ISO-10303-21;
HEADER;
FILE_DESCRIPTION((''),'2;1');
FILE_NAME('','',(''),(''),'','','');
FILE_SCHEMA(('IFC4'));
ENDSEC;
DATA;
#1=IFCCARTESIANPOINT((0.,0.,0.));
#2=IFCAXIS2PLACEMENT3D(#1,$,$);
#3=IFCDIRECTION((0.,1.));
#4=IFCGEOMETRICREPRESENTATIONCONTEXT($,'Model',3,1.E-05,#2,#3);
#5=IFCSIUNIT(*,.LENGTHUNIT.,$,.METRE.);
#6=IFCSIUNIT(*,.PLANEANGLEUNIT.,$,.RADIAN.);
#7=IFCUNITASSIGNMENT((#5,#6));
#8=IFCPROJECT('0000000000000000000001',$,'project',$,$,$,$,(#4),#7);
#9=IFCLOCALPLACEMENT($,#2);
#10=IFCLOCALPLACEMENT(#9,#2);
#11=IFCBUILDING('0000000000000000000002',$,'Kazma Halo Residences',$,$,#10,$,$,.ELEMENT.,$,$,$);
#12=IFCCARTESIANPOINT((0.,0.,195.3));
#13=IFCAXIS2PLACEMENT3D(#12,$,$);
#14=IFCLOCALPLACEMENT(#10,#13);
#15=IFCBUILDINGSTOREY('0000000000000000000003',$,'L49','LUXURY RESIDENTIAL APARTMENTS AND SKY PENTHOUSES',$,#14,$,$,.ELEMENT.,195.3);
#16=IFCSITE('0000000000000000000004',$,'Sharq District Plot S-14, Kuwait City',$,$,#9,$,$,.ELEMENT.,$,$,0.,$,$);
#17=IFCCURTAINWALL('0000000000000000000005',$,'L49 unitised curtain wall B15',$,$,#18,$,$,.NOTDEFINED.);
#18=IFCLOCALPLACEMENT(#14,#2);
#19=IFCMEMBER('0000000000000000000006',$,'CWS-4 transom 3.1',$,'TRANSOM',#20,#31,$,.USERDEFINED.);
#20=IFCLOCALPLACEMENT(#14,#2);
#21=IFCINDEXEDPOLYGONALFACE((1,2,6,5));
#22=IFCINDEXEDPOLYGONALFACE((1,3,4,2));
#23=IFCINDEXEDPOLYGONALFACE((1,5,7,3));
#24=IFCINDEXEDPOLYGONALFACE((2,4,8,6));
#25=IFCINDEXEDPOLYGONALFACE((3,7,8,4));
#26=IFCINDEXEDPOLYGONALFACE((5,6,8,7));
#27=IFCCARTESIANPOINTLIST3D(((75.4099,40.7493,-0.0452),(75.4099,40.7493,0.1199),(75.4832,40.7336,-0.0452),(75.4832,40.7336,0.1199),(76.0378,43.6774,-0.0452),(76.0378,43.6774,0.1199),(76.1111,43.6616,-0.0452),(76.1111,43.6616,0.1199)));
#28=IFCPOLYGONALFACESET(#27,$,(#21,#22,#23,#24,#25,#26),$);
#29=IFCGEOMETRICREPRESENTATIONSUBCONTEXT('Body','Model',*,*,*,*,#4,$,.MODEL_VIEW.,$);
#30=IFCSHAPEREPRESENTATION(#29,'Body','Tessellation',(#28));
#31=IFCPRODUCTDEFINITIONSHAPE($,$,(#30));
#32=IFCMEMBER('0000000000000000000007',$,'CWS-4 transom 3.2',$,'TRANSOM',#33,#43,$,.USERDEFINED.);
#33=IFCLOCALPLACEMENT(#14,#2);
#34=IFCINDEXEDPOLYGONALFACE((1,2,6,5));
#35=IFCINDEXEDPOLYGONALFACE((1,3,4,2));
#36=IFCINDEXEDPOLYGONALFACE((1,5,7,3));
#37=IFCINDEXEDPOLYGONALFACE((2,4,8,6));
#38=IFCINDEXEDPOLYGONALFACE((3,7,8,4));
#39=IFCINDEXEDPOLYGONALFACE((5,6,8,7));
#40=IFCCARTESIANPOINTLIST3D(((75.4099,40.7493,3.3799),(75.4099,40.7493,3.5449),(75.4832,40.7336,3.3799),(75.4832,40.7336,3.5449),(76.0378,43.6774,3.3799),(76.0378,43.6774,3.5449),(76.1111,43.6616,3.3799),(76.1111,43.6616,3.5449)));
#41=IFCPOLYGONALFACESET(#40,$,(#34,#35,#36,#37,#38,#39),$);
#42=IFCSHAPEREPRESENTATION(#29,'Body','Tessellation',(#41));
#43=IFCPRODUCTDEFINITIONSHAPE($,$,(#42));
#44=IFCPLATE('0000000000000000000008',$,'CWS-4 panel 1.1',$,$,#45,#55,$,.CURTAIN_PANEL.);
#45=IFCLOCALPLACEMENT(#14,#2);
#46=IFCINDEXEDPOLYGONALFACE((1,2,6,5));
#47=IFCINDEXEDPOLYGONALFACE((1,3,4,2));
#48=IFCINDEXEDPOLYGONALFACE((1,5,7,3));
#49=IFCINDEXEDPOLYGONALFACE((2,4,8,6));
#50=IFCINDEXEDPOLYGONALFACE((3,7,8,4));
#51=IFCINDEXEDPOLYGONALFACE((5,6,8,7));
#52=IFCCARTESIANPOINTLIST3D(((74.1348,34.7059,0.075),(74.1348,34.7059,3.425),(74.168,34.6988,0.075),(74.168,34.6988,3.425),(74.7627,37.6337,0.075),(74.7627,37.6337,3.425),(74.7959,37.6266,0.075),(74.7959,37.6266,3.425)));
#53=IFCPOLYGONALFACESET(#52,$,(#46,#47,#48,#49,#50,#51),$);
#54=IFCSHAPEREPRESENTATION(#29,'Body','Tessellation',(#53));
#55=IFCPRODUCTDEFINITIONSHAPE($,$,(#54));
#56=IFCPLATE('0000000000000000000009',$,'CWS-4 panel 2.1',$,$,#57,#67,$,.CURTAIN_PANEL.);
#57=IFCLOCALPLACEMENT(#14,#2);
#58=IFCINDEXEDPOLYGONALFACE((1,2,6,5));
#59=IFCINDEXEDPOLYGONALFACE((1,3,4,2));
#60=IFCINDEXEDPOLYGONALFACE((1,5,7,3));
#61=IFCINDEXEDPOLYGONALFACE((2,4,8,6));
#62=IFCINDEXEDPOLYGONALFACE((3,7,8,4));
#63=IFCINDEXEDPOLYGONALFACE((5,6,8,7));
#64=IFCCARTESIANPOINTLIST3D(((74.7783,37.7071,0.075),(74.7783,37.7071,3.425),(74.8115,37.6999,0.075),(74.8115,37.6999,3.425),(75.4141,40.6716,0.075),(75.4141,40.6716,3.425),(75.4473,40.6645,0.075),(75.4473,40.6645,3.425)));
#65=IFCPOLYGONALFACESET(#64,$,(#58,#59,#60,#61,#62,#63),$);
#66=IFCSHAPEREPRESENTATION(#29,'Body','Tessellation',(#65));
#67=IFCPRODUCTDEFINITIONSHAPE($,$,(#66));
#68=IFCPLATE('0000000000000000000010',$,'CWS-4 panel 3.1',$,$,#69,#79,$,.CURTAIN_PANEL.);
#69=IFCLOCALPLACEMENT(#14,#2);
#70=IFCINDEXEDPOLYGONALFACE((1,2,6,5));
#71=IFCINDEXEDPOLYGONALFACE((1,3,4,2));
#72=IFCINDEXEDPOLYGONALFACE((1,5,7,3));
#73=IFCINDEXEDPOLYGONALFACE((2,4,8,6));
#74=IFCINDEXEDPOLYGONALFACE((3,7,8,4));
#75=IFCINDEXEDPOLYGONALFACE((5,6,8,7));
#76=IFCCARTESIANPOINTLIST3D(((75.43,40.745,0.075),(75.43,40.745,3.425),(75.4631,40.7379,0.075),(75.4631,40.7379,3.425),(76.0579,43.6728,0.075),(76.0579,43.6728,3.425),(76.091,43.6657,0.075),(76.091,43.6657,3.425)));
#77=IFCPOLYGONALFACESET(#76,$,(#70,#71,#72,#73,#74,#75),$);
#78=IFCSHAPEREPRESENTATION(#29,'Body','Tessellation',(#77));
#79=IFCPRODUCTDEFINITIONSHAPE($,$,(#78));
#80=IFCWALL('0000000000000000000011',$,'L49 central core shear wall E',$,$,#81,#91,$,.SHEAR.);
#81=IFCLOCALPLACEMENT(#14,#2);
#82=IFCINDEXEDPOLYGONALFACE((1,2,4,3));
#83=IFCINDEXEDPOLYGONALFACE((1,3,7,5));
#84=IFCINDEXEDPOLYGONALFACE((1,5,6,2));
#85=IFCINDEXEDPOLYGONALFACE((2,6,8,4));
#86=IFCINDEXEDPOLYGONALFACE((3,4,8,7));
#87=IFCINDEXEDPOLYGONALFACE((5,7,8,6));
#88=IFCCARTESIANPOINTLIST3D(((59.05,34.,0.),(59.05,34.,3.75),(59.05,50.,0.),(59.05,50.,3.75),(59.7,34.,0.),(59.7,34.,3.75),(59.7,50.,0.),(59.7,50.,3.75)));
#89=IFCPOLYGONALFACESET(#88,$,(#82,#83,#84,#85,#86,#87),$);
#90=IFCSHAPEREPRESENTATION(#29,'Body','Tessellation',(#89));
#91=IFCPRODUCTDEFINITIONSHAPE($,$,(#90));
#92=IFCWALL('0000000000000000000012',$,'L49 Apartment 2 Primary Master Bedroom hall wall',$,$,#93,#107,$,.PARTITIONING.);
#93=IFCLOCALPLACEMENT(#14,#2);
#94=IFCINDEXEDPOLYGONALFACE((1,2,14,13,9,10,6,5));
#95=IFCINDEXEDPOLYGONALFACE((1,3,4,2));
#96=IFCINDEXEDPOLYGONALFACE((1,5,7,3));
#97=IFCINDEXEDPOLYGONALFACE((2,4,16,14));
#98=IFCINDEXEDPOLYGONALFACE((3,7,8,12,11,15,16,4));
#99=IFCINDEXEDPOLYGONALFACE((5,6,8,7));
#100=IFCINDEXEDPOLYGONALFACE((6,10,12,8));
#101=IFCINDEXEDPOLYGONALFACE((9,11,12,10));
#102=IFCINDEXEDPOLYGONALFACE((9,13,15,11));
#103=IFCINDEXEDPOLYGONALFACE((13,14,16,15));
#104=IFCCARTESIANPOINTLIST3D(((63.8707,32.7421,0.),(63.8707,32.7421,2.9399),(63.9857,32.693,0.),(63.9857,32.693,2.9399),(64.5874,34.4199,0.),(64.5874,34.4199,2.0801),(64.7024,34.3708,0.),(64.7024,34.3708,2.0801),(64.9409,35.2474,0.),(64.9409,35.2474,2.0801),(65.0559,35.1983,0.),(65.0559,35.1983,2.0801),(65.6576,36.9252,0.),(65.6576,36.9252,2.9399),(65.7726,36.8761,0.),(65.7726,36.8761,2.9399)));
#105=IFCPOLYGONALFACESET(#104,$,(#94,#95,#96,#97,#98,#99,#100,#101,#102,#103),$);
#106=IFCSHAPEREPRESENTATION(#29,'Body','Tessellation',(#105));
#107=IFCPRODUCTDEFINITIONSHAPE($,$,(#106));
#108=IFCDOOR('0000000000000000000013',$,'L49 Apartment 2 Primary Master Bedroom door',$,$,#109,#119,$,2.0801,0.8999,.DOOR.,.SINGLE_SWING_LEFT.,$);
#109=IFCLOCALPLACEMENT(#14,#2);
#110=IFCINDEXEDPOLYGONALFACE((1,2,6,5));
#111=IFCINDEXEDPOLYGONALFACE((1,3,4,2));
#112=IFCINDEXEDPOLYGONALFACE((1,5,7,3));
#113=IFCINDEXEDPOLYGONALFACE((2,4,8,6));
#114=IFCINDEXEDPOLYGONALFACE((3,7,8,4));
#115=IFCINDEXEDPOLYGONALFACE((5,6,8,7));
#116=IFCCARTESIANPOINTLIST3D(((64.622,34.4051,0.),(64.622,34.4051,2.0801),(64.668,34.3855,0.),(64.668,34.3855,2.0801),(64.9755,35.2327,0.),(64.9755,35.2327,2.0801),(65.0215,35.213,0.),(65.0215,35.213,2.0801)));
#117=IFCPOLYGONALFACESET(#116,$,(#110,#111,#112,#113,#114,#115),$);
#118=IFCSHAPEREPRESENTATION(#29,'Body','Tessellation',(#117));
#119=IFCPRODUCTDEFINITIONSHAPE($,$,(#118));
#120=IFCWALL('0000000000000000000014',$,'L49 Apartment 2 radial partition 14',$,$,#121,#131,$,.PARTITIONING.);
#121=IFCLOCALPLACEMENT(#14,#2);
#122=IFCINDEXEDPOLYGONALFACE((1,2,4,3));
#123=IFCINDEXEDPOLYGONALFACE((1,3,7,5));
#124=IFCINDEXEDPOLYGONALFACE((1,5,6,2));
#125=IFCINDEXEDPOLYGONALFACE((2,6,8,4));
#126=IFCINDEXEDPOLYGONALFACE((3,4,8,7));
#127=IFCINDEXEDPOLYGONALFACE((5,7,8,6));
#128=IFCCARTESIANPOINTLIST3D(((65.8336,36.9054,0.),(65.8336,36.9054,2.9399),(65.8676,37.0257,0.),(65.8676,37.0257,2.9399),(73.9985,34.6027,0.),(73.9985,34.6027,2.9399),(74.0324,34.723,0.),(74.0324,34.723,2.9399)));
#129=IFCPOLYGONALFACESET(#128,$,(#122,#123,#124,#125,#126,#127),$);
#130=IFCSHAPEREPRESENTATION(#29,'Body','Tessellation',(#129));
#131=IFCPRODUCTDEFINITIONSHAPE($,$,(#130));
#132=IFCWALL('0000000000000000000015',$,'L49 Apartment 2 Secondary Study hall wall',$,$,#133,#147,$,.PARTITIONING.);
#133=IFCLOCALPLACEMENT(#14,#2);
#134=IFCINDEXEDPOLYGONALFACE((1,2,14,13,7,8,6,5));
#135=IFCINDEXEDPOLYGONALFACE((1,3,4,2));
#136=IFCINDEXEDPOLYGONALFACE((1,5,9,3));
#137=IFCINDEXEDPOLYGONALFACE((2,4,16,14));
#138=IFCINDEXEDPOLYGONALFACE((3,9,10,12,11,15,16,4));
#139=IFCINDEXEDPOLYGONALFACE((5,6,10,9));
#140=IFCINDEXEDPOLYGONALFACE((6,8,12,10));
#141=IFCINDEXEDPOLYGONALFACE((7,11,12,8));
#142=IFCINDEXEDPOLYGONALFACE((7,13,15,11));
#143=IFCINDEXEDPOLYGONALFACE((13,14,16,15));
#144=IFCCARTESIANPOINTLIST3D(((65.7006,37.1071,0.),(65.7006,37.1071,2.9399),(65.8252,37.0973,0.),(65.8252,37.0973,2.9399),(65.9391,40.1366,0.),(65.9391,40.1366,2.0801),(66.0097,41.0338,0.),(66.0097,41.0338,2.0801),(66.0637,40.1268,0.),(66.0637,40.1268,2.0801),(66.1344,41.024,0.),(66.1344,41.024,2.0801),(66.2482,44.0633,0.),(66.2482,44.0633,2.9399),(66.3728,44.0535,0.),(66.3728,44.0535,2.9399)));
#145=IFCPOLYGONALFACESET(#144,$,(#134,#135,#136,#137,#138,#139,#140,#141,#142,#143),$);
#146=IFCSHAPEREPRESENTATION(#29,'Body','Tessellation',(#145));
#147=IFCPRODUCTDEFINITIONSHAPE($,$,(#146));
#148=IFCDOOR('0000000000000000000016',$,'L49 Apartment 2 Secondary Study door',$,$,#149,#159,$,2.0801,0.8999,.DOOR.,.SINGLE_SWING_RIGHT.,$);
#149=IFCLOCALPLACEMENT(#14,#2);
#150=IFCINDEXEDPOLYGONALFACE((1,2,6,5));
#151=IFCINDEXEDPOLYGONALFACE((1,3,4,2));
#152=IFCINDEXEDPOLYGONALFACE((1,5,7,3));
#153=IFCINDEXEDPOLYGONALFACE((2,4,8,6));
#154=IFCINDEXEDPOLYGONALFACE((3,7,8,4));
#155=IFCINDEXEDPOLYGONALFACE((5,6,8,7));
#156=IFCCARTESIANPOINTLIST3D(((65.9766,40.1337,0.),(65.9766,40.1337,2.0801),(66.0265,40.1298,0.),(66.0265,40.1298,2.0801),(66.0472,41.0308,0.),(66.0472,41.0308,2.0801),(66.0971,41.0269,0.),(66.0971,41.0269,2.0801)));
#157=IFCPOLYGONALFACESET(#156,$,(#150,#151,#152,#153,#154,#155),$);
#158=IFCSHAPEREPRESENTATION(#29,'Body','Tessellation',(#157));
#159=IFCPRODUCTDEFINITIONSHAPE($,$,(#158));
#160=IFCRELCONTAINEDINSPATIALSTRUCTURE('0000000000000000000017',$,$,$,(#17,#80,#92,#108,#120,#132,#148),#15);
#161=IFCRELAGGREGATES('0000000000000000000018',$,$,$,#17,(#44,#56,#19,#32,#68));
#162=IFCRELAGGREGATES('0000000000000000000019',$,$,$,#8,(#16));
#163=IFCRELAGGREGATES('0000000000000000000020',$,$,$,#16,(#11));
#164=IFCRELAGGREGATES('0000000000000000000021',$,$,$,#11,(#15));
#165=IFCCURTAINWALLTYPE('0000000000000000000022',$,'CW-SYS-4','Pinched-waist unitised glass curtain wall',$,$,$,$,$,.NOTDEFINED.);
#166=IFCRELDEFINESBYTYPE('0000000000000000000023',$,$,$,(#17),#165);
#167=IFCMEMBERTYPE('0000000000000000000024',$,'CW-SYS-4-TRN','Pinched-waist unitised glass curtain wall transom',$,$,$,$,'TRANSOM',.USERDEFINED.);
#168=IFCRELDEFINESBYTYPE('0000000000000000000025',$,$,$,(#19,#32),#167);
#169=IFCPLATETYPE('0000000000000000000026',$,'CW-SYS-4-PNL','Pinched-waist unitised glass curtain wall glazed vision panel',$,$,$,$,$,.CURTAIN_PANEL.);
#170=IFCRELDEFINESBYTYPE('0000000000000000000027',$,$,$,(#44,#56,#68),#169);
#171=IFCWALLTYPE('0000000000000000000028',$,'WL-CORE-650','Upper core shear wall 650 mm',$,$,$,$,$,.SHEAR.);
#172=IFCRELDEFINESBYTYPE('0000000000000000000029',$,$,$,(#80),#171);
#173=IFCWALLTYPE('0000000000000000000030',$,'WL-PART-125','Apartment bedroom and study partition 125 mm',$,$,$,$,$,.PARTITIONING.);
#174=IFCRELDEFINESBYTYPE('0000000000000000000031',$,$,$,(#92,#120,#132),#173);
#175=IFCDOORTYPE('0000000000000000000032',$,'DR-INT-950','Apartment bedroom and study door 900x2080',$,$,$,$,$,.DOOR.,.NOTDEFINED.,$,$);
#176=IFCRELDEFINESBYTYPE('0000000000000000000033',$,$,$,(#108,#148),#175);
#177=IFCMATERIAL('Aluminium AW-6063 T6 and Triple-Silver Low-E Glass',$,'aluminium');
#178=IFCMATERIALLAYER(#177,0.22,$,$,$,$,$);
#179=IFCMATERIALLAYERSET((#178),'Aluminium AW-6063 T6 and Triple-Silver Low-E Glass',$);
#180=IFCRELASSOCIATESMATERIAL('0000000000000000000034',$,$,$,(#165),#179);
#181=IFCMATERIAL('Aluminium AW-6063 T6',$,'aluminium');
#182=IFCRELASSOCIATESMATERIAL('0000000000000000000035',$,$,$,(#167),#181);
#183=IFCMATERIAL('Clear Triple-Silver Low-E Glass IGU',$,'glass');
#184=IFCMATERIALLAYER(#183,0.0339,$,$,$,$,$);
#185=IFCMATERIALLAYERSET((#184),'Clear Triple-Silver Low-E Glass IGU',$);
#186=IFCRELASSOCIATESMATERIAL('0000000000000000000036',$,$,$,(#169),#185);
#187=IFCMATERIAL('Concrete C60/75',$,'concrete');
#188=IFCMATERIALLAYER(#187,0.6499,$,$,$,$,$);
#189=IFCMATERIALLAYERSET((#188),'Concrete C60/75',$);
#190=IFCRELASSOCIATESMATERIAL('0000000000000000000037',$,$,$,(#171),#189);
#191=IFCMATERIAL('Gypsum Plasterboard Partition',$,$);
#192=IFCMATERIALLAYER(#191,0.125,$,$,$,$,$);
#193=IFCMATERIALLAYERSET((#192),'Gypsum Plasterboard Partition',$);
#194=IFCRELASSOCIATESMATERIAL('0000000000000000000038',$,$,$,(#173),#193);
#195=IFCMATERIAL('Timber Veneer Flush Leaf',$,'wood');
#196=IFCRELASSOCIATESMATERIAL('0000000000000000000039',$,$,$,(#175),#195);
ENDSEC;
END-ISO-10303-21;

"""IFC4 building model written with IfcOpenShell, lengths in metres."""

from ifc_helpers import new_model, si_unit, direction, frame, frame_2d, origin, origin_2d, place, context, subcontext, project, spatial, rectangle, extrude, material, layer, layer_set, material_profile, profile_set, type_object, element, fill, aggregate, save


model = new_model("IFC4")

# Units and contexts
model_context = context("Model", 3, precision=1e-05, world=origin(), true_north=direction((0.0, 1.0)))
body_context = subcontext(model_context, "Body", "Model", "MODEL_VIEW")
ifc_project = project(units=[si_unit("LENGTHUNIT", "METRE"), si_unit("PLANEANGLEUNIT", "RADIAN")], contexts=[model_context])

# Site, building, storey
site_placement = place(None, origin())
site = spatial("IfcSite", under=ifc_project, at=site_placement, Name="Sharq District Plot S-14, Kuwait City", CompositionType="ELEMENT", RefElevation=0.0)
building_placement = place(site_placement, origin())
building = spatial("IfcBuilding", under=site, at=building_placement, Name="Kazma Halo Residences", CompositionType="ELEMENT")
storey_placement = place(building_placement, frame((0.0, 0.0, 195.3)))
storey = spatial("IfcBuildingStorey", under=building, at=storey_placement, Name="L49", Description="LUXURY RESIDENTIAL APARTMENTS AND SKY PENTHOUSES", CompositionType="ELEMENT", Elevation=195.3)

# Curtain wall, members, plates
ifc_material_1 = material(Name="Aluminium AW-6063 T6 and Triple-Silver Low-E Glass", Category="aluminium")
ifc_layer_1 = layer(ifc_material_1, 0.22)
ifc_layer_set_1 = layer_set([ifc_layer_1], Name="Aluminium AW-6063 T6 and Triple-Silver Low-E Glass")
curtain_wall_type = type_object("IfcCurtainWallType", Name="CW-SYS-4", Description="Pinched-waist unitised glass curtain wall", PredefinedType="NOTDEFINED", material=ifc_layer_set_1)
curtain_wall_placement = place(storey_placement, origin())
curtain_wall = element("IfcCurtainWall", 1, at=curtain_wall_placement, inside=storey, type_object=curtain_wall_type, Name="L49 unitised curtain wall B15", PredefinedType="NOTDEFINED")
ifc_material_2 = material(Name="Aluminium AW-6063 T6", Category="aluminium")
ifc_material_profile_1 = material_profile(ifc_material_2, rectangle(XDim=0.075, YDim=0.165, at=origin_2d()), Name="CWT-75x165")
ifc_profile_set_1 = profile_set([ifc_material_profile_1], Name="Aluminium AW-6063 T6")
member_type_1 = type_object("IfcMemberType", Name="CW-SYS-4-TRN", Description="Pinched-waist unitised glass curtain wall transom", ElementType="TRANSOM", PredefinedType="USERDEFINED", material=ifc_profile_set_1)
member_1_placement = place(storey_placement, frame((75.4465, 40.7415, 0.0374), z_axis=(0.209691, 0.977768, 0.0), x_axis=(-0.977768, 0.209691, 0.0)))
member_1 = element("IfcMember", 2, at=member_1_placement, type_object=member_type_1, Name="CWS-4 transom 3.1", ObjectType="TRANSOM", PredefinedType="USERDEFINED", context=body_context, shape_type="SweptSolid", body=[
    extrude(rectangle(XDim=0.075, YDim=0.165, at=origin_2d()), origin(), (0.0, 0.0, 1.0), 2.9946),
])
member_2_placement = place(storey_placement, frame((75.4465, 40.7415, 3.4624), z_axis=(0.209691, 0.977768, 0.0), x_axis=(-0.977768, 0.209691, 0.0)))
member_2 = element("IfcMember", 3, at=member_2_placement, type_object=member_type_1, Name="CWS-4 transom 3.2", ObjectType="TRANSOM", PredefinedType="USERDEFINED", context=body_context, shape_type="SweptSolid", body=[
    extrude(rectangle(XDim=0.075, YDim=0.165, at=origin_2d()), origin(), (0.0, 0.0, 1.0), 2.9946),
])
ifc_material_3 = material(Name="Clear Triple-Silver Low-E Glass IGU", Category="glass")
ifc_layer_2 = layer(ifc_material_3, 0.0339)
ifc_layer_set_2 = layer_set([ifc_layer_2], Name="Clear Triple-Silver Low-E Glass IGU")
plate_type = type_object("IfcPlateType", Name="CW-SYS-4-PNL", Description="Pinched-waist unitised glass curtain wall glazed vision panel", PredefinedType="CURTAIN_PANEL", material=ifc_layer_set_2)
plate_1_placement = place(storey_placement, frame((74.4653, 36.1663, 0.075), z_axis=(0.0, 0.0, 1.0), x_axis=(0.20969, 0.977768, 0.0)))
plate_1 = element("IfcPlate", 4, at=plate_1_placement, type_object=plate_type, Name="CWS-4 panel 1.1", PredefinedType="CURTAIN_PANEL", context=body_context, shape_type="SweptSolid", body=[
    extrude(rectangle(XDim=2.9944, YDim=0.0339, at=origin_2d()), origin(), (0.0, 0.0, 1.0), 3.3501),
])
plate_2_placement = place(storey_placement, frame((75.1128, 39.1858, 0.075), z_axis=(0.0, 0.0, 1.0), x_axis=(0.20969, 0.977768, 0.0)))
plate_2 = element("IfcPlate", 5, at=plate_2_placement, type_object=plate_type, Name="CWS-4 panel 2.1", PredefinedType="CURTAIN_PANEL", context=body_context, shape_type="SweptSolid", body=[
    extrude(rectangle(XDim=3.032, YDim=0.0339, at=origin_2d()), origin(), (0.0, 0.0, 1.0), 3.3501),
])
plate_3_placement = place(storey_placement, frame((75.7605, 42.2053, 0.075), z_axis=(0.0, 0.0, 1.0), x_axis=(0.20969, 0.977768, 0.0)))
plate_3 = element("IfcPlate", 6, at=plate_3_placement, type_object=plate_type, Name="CWS-4 panel 3.1", PredefinedType="CURTAIN_PANEL", context=body_context, shape_type="SweptSolid", body=[
    extrude(rectangle(XDim=2.9944, YDim=0.0339, at=origin_2d()), origin(), (0.0, 0.0, 1.0), 3.3501),
])
aggregate(curtain_wall, [plate_1, plate_2, member_1, member_2, plate_3])

# Wall
ifc_material_4 = material(Name="Concrete C60/75", Category="concrete")
ifc_layer_3 = layer(ifc_material_4, 0.6499)
ifc_layer_set_3 = layer_set([ifc_layer_3], Name="Concrete C60/75")
wall_type_1 = type_object("IfcWallType", Name="WL-CORE-650", Description="Upper core shear wall 650 mm", PredefinedType="SHEAR", material=ifc_layer_set_3)
wall_1_placement = place(storey_placement, frame((59.375, 34.0, 0.0), z_axis=(0.0, 0.0, 1.0), x_axis=(0.0, 1.0, 0.0)))
element("IfcWall", 7, at=wall_1_placement, inside=storey, type_object=wall_type_1, Name="L49 central core shear wall E", PredefinedType="SHEAR", context=body_context, shape_type="SweptSolid", body=[
    extrude(rectangle(XDim=16.0, YDim=0.6499, at=frame_2d((8.0, 0.0))), origin(), (0.0, 0.0, 1.0), 3.75),
])

# Wall, opening, door
ifc_material_5 = material(Name="Gypsum Plasterboard Partition")
ifc_layer_4 = layer(ifc_material_5, 0.125)
ifc_layer_set_4 = layer_set([ifc_layer_4], Name="Gypsum Plasterboard Partition")
wall_type_2 = type_object("IfcWallType", Name="WL-PART-125", Description="Apartment bedroom and study partition 125 mm", PredefinedType="PARTITIONING", material=ifc_layer_set_4)
wall_2_placement = place(storey_placement, frame((63.9282, 32.7175, 0.0), z_axis=(0.0, 0.0, 1.0), x_axis=(0.392824, 0.919614, 0.0)))
wall_2 = element("IfcWall", 8, at=wall_2_placement, inside=storey, type_object=wall_type_2, Name="L49 Apartment 2 Primary Master Bedroom hall wall", PredefinedType="PARTITIONING", context=body_context, shape_type="SweptSolid", body=[
    extrude(rectangle(XDim=4.5488, YDim=0.125, at=frame_2d((2.2744, 0.0))), origin(), (0.0, 0.0, 1.0), 2.9399),
])
opening_1_placement = place(wall_2_placement, frame((1.8245, 0.0, 0.0)))
opening_1 = element("IfcOpeningElement", 9, at=opening_1_placement, cuts=wall_2, PredefinedType="OPENING", context=body_context, shape_type="SweptSolid", body=[
    extrude(rectangle(XDim=0.8999, YDim=2.0801, at=frame_2d((0.45, 1.04))), frame((0.0, 0.0725, 0.0), z_axis=(0.0, -1.0, 0.0), x_axis=(1.0, 0.0, 0.0)), (0.0, 0.0, 1.0), 0.145),
])
ifc_material_6 = material(Name="Timber Veneer Flush Leaf", Category="wood")
door_type_1 = type_object("IfcDoorType", Name="DR-INT-950", Description="Apartment bedroom and study door 900x2080", OperationType="NOTDEFINED", PredefinedType="DOOR", material=ifc_material_6)
door_1_placement = place(opening_1_placement, origin())
door_1 = element("IfcDoor", 10, at=door_1_placement, inside=storey, type_object=door_type_1, Name="L49 Apartment 2 Primary Master Bedroom door", OperationType="SINGLE_SWING_LEFT", OverallHeight=2.0801, OverallWidth=0.8999, PredefinedType="DOOR", context=body_context, shape_type="SweptSolid", body=[
    extrude(rectangle(XDim=0.8999, YDim=2.0801, at=frame_2d((0.45, 1.04))), frame((0.0, 0.0249, 0.0), z_axis=(0.0, -1.0, 0.0), x_axis=(1.0, 0.0, 0.0)), (0.0, 0.0, 1.0), 0.05),
])
fill(opening_1, door_1)

# Wall
wall_3_placement = place(storey_placement, frame((65.8506, 36.9656, 0.0), z_axis=(0.0, 0.0, 1.0), x_axis=(0.962454, -0.271443, 0.0)))
element("IfcWall", 11, at=wall_3_placement, inside=storey, type_object=wall_type_2, Name="L49 Apartment 2 radial partition 14", PredefinedType="PARTITIONING", context=body_context, shape_type="SweptSolid", body=[
    extrude(rectangle(XDim=8.4834, YDim=0.125, at=frame_2d((4.2417, 0.0))), origin(), (0.0, 0.0, 1.0), 2.9399),
])

# Wall, opening, door
wall_4_placement = place(storey_placement, frame((65.7629, 37.1023, 0.0), z_axis=(0.0, 0.0, 1.0), x_axis=(0.078478, 0.996916, 0.0)))
wall_4 = element("IfcWall", 12, at=wall_4_placement, inside=storey, type_object=wall_type_2, Name="L49 Apartment 2 Secondary Study hall wall", PredefinedType="PARTITIONING", context=body_context, shape_type="SweptSolid", body=[
    extrude(rectangle(XDim=6.9778, YDim=0.125, at=frame_2d((3.4888, 0.0))), origin(), (0.0, 0.0, 1.0), 2.9399),
])
opening_2_placement = place(wall_4_placement, frame((3.0388, 0.0, 0.0)))
opening_2 = element("IfcOpeningElement", 13, at=opening_2_placement, cuts=wall_4, PredefinedType="OPENING", context=body_context, shape_type="SweptSolid", body=[
    extrude(rectangle(XDim=0.8999, YDim=2.0801, at=frame_2d((0.45, 1.04))), frame((0.0, 0.0725, 0.0), z_axis=(0.0, -1.0, 0.0), x_axis=(1.0, 0.0, 0.0)), (0.0, 0.0, 1.0), 0.145),
])
door_2_placement = place(opening_2_placement, origin())
door_2 = element("IfcDoor", 14, at=door_2_placement, inside=storey, type_object=door_type_1, Name="L49 Apartment 2 Secondary Study door", OperationType="SINGLE_SWING_RIGHT", OverallHeight=2.0801, OverallWidth=0.8999, PredefinedType="DOOR", context=body_context, shape_type="SweptSolid", body=[
    extrude(rectangle(XDim=0.8999, YDim=2.0801, at=frame_2d((0.45, 1.04))), frame((0.0, 0.0249, 0.0), z_axis=(0.0, -1.0, 0.0), x_axis=(1.0, 0.0, 0.0)), (0.0, 0.0, 1.0), 0.05),
])
fill(opening_2, door_2)

save(model, "model.ifc")
